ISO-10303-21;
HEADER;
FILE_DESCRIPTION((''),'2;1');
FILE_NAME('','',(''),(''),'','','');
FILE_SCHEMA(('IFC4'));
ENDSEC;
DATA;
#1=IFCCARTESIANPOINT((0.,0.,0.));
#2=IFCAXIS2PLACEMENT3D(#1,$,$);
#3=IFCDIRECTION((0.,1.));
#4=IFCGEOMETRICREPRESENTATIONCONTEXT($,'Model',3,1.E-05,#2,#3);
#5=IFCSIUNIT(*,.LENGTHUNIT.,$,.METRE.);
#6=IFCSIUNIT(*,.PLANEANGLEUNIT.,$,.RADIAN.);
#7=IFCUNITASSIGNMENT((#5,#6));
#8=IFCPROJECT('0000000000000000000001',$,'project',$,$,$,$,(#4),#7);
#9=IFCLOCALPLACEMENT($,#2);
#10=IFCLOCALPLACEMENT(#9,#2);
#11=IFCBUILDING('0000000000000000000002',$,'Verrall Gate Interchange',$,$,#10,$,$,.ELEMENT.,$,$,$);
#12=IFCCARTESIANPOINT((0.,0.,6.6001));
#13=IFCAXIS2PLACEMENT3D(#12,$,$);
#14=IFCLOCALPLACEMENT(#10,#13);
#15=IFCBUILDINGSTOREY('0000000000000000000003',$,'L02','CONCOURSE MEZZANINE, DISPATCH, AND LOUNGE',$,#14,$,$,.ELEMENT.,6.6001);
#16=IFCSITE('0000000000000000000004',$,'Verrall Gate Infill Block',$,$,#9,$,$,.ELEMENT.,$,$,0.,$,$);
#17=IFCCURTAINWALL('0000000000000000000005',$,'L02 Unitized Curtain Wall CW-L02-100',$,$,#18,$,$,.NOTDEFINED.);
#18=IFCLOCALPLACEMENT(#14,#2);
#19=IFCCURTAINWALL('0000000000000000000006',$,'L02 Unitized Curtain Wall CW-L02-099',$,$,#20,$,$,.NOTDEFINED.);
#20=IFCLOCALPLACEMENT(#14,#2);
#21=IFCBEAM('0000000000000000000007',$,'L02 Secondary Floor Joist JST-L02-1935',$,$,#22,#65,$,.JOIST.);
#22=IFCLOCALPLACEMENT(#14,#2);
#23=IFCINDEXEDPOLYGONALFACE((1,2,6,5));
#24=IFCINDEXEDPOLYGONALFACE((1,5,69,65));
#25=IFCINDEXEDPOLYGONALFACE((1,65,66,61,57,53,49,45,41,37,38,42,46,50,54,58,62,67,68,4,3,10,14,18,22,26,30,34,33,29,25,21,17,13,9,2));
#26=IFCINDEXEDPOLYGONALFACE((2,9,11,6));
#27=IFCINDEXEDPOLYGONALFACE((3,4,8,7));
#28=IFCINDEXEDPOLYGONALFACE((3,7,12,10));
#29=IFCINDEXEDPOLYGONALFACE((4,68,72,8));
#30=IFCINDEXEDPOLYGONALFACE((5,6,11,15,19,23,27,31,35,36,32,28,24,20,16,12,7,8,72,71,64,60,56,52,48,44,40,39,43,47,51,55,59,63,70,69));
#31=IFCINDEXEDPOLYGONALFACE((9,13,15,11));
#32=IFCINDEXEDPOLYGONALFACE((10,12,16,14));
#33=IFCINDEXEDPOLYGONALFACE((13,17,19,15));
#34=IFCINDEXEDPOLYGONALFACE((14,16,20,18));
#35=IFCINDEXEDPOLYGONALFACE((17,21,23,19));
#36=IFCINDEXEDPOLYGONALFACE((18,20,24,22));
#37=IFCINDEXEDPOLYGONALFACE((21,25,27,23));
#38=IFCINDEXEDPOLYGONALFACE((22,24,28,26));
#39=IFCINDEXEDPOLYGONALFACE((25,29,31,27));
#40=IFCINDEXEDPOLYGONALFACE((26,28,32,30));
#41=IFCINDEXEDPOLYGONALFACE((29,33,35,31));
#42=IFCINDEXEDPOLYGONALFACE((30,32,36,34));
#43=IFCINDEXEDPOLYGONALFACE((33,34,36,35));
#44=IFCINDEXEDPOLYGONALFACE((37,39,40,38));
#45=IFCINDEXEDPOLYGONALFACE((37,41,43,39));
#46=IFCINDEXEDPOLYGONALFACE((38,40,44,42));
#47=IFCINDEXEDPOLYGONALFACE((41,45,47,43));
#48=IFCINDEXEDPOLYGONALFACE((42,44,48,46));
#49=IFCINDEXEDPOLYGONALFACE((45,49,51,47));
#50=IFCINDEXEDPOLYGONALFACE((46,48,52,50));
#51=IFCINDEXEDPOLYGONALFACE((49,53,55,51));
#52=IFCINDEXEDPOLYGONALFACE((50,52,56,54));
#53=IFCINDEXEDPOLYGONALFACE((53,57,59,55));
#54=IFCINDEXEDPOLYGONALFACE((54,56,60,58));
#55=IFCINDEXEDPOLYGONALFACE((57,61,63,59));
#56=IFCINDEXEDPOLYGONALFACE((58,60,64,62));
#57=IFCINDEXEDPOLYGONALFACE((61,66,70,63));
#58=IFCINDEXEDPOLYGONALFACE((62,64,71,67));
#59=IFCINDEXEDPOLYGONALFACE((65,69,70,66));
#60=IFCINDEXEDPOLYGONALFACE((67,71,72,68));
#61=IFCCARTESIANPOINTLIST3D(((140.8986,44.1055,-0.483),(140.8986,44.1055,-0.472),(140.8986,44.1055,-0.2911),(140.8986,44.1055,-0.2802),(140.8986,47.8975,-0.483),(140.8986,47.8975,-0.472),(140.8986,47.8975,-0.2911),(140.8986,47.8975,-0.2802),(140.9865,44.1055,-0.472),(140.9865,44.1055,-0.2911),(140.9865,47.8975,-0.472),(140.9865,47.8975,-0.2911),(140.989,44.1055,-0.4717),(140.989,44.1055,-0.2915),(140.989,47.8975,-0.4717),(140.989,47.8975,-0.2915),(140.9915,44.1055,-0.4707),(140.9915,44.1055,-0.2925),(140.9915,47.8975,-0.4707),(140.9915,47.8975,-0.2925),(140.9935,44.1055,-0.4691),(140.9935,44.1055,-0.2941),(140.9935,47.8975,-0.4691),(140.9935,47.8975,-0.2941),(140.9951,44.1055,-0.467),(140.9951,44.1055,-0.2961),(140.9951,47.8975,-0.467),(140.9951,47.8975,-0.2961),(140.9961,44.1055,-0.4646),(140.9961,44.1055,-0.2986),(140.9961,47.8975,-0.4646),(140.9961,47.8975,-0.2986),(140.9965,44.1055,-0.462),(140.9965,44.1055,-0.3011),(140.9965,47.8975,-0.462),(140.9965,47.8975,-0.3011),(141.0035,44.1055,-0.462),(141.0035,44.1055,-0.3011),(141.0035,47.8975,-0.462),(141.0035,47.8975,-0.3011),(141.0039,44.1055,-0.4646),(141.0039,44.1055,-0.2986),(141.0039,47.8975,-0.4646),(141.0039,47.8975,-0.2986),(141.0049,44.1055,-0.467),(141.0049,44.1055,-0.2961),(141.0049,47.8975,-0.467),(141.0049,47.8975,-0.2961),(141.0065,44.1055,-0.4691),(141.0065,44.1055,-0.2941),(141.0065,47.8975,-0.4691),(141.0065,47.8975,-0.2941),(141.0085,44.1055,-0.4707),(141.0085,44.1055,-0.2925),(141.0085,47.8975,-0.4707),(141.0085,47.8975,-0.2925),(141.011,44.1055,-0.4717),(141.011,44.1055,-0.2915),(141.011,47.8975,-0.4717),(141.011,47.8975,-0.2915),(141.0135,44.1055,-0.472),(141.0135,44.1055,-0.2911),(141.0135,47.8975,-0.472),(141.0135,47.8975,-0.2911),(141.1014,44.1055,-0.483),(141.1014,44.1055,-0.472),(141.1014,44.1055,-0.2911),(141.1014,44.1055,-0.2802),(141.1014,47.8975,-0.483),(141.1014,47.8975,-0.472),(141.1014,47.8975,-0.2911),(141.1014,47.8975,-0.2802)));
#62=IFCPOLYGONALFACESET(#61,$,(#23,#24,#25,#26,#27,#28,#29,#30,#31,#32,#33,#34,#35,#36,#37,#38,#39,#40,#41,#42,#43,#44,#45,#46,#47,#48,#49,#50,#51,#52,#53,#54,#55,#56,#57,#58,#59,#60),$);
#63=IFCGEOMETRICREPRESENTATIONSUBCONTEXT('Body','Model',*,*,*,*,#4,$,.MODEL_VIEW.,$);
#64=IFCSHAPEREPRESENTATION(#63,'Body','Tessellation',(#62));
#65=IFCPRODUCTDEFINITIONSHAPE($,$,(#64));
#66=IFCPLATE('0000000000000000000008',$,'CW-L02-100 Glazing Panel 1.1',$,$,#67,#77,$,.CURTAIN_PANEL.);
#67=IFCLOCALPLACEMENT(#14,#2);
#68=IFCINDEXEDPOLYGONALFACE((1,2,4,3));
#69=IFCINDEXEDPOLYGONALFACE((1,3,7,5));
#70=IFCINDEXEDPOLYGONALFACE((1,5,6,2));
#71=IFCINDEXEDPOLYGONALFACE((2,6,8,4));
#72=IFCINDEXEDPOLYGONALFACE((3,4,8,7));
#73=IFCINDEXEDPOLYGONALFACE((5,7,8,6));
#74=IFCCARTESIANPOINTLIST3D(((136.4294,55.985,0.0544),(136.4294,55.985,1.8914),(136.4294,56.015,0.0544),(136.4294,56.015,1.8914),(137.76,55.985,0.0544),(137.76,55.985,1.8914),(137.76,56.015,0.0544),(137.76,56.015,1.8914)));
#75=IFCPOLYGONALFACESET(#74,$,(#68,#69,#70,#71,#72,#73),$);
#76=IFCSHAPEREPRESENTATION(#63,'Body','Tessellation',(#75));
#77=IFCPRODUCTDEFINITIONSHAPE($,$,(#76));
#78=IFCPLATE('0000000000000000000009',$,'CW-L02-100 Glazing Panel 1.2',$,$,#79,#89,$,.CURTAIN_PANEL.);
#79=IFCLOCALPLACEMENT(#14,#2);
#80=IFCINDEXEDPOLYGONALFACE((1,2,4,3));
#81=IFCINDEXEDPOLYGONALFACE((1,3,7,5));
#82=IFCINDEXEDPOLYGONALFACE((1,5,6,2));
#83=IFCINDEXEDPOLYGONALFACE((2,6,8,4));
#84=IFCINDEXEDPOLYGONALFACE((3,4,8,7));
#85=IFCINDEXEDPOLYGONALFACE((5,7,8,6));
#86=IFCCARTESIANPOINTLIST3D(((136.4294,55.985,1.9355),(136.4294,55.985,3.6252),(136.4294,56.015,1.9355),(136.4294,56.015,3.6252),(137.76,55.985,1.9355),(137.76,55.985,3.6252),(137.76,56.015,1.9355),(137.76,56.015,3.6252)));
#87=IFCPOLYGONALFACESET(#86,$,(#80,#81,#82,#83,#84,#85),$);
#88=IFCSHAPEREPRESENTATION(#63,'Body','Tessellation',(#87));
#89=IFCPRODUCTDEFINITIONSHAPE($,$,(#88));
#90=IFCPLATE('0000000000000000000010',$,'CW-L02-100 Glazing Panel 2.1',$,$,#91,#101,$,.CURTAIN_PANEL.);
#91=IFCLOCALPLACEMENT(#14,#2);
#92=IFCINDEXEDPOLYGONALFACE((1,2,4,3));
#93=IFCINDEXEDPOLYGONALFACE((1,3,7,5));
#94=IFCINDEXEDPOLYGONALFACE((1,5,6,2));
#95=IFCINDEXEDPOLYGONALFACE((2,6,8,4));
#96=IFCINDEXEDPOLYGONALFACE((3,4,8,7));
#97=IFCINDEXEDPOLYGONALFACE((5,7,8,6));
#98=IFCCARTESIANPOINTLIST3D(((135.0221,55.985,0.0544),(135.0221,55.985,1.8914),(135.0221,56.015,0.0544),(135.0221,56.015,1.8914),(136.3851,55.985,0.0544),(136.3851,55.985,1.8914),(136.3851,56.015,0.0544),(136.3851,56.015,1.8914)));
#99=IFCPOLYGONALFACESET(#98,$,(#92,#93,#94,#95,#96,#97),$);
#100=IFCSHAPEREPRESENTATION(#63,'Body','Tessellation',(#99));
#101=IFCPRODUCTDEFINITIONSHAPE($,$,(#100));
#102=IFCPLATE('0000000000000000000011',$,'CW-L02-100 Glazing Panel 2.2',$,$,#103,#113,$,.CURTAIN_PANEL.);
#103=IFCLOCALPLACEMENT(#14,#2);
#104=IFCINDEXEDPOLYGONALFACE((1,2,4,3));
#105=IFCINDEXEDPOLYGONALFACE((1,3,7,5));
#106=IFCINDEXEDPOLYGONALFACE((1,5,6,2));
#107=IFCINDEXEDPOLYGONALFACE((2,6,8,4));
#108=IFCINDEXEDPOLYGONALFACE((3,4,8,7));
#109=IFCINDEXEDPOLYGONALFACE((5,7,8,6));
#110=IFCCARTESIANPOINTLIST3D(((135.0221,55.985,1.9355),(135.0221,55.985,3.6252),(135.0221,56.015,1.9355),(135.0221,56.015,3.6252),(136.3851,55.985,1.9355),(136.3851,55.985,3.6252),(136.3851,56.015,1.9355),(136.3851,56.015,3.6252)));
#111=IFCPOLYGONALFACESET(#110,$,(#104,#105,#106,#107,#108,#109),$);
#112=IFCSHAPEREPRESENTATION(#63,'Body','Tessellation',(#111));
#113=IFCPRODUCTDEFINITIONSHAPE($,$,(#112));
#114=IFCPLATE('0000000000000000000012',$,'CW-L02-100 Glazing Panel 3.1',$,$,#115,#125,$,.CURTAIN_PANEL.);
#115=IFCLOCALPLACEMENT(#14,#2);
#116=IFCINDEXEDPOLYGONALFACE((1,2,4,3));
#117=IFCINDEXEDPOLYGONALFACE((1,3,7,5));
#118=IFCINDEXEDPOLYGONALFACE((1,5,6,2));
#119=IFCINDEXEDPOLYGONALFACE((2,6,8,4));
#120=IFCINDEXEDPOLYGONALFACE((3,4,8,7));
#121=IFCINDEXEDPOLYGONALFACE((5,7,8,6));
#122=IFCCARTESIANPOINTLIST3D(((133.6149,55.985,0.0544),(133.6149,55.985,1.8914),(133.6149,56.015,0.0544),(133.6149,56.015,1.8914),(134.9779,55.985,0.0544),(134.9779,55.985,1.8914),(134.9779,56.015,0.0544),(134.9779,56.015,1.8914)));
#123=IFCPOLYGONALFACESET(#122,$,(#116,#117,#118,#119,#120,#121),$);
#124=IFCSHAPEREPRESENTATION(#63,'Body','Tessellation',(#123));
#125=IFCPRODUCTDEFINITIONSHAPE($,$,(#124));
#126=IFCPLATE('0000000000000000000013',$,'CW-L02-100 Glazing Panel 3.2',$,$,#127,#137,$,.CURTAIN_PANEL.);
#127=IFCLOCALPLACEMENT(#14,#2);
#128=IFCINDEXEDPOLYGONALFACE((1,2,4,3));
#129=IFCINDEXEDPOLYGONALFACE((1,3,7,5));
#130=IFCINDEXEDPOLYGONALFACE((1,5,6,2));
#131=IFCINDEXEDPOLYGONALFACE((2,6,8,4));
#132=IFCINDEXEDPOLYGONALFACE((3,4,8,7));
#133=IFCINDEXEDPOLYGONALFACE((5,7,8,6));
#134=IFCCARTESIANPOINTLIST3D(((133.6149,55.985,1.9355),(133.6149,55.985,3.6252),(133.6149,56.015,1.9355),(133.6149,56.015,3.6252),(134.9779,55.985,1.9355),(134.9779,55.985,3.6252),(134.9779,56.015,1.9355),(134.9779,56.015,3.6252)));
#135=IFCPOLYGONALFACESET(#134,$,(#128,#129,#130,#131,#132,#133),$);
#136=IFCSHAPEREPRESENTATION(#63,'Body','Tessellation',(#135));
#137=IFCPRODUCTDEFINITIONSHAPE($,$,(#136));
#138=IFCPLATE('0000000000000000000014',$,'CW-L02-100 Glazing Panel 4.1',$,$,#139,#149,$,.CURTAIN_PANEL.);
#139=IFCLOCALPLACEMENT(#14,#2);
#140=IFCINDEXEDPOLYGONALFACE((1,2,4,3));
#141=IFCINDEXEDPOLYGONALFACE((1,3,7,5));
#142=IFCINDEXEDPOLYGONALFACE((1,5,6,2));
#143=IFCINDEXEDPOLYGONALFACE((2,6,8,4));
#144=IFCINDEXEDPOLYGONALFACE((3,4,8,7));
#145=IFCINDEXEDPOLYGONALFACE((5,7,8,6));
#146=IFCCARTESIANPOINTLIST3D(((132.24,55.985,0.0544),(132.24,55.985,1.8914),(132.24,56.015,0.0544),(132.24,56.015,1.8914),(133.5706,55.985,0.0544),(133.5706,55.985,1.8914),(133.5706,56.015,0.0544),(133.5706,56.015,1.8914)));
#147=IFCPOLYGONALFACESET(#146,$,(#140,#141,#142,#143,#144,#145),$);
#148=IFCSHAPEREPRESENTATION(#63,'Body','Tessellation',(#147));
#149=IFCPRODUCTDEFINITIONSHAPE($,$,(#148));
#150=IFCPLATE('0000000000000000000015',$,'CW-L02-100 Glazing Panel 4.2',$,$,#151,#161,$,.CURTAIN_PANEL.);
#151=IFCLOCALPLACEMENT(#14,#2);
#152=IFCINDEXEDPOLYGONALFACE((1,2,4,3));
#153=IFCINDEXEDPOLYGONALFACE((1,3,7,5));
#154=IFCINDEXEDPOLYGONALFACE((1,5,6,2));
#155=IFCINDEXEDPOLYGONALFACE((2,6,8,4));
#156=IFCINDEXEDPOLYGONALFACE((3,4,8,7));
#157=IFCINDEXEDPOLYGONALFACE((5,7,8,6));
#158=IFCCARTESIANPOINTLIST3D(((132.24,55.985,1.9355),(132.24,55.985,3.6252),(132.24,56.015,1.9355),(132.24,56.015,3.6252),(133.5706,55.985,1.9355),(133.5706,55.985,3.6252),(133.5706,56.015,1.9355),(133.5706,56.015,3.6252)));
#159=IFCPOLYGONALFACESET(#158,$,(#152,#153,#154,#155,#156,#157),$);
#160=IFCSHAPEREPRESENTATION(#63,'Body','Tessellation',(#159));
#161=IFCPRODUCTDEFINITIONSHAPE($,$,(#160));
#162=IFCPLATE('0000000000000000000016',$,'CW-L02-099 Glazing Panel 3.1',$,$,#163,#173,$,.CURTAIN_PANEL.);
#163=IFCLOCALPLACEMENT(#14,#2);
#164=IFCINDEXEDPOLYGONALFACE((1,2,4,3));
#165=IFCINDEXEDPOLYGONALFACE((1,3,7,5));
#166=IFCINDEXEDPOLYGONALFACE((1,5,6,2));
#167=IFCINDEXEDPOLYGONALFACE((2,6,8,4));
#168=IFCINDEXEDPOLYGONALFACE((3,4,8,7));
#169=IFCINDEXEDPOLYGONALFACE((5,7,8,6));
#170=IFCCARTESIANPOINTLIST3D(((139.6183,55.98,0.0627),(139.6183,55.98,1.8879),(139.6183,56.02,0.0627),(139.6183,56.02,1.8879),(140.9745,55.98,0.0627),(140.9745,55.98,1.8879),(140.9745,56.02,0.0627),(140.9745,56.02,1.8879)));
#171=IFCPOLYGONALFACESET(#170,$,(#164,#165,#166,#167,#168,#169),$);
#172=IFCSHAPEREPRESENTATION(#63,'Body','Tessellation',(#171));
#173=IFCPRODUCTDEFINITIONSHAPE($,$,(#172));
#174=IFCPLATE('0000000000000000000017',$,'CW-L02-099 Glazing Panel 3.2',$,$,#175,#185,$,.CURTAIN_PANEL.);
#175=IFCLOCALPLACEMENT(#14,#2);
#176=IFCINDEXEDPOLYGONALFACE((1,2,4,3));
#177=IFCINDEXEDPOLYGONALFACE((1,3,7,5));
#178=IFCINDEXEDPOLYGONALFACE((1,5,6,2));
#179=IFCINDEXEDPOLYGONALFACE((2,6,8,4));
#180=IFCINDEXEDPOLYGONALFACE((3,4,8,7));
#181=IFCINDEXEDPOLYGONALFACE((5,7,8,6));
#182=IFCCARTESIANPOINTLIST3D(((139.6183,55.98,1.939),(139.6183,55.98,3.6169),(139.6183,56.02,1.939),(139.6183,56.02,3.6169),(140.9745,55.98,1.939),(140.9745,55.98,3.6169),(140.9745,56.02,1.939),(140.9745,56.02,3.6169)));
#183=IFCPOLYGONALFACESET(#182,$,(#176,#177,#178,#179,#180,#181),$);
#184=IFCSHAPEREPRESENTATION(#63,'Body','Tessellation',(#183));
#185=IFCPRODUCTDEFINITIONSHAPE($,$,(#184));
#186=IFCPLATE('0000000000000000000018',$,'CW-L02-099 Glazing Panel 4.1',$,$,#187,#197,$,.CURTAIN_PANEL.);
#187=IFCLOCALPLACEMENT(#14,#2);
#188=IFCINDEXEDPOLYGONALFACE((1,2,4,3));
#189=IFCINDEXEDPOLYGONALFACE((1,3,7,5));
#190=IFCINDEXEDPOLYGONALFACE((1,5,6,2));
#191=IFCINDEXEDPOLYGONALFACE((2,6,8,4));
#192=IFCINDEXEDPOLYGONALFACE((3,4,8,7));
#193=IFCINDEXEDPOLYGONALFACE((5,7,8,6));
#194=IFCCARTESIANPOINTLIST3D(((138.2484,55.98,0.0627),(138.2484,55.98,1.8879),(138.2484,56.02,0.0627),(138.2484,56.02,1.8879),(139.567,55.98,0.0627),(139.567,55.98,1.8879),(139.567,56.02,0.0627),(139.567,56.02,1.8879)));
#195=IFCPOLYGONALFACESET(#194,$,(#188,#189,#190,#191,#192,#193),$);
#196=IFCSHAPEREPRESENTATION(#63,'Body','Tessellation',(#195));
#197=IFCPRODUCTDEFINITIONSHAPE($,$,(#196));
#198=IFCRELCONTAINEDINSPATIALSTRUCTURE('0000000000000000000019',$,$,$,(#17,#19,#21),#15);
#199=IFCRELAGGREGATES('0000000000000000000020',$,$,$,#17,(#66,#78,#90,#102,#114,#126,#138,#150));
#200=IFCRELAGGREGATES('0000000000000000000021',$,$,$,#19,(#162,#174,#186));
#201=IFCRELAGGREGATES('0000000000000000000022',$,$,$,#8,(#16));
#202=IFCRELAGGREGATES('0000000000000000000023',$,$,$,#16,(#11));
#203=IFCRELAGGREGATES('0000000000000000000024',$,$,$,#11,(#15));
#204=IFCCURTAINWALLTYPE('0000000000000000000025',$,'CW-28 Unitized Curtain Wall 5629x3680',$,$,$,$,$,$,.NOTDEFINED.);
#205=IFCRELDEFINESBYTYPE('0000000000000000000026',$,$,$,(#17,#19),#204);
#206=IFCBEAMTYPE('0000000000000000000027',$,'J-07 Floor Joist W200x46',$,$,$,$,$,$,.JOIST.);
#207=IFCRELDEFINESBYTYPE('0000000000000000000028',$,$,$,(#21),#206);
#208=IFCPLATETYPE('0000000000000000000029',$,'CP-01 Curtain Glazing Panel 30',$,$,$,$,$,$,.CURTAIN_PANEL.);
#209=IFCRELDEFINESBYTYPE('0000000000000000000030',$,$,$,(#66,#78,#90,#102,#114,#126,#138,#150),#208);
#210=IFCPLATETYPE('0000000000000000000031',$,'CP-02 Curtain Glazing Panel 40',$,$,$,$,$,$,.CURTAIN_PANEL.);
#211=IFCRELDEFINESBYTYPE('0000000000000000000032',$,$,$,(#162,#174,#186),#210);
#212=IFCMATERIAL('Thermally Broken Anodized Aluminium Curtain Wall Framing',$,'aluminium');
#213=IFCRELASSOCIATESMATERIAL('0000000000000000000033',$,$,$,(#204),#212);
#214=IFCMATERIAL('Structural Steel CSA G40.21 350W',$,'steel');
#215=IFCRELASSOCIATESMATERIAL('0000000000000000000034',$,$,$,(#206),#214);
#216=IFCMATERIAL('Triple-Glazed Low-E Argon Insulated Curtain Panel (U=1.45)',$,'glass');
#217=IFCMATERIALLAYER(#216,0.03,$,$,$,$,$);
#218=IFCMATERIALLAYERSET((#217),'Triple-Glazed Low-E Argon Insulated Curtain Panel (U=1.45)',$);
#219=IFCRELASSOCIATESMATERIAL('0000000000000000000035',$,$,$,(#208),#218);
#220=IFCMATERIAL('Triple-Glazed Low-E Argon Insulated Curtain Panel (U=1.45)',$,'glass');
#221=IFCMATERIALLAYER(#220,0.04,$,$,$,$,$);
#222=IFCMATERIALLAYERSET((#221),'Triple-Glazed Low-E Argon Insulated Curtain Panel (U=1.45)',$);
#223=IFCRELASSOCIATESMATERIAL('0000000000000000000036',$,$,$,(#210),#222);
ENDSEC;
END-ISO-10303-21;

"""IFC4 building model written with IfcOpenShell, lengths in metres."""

from ifc_helpers import new_model, si_unit, direction, frame, origin, origin_2d, place, context, subcontext, project, spatial, rectangle, i_section, extrude, material, layer, layer_set, material_profile, profile_set, type_object, element, aggregate, save


model = new_model("IFC4")

# Units and contexts
model_context = context("Model", 3, precision=1e-05, world=origin(), true_north=direction((0.0, 1.0)))
body_context = subcontext(model_context, "Body", "Model", "MODEL_VIEW")
ifc_project = project(units=[si_unit("LENGTHUNIT", "METRE"), si_unit("PLANEANGLEUNIT", "RADIAN")], contexts=[model_context])

# Site, building, storey
site_placement = place(None, origin())
site = spatial("IfcSite", under=ifc_project, at=site_placement, Name="Verrall Gate Infill Block", CompositionType="ELEMENT", RefElevation=0.0)
building_placement = place(site_placement, origin())
building = spatial("IfcBuilding", under=site, at=building_placement, Name="Verrall Gate Interchange", CompositionType="ELEMENT")
storey_placement = place(building_placement, frame((0.0, 0.0, 6.6001)))
storey = spatial("IfcBuildingStorey", under=building, at=storey_placement, Name="L02", Description="CONCOURSE MEZZANINE, DISPATCH, AND LOUNGE", CompositionType="ELEMENT", Elevation=6.6001)

# Curtain walls
ifc_material_1 = material(Name="Thermally Broken Anodized Aluminium Curtain Wall Framing", Category="aluminium")
curtain_wall_type = type_object("IfcCurtainWallType", Name="CW-28 Unitized Curtain Wall 5629x3680", PredefinedType="NOTDEFINED", material=ifc_material_1)
curtain_wall_1_placement = place(storey_placement, origin())
curtain_wall_1 = element("IfcCurtainWall", 1, at=curtain_wall_1_placement, inside=storey, type_object=curtain_wall_type, Name="L02 Unitized Curtain Wall CW-L02-100", PredefinedType="NOTDEFINED")
curtain_wall_2_placement = place(storey_placement, origin())
curtain_wall_2 = element("IfcCurtainWall", 2, at=curtain_wall_2_placement, inside=storey, type_object=curtain_wall_type, Name="L02 Unitized Curtain Wall CW-L02-099", PredefinedType="NOTDEFINED")

# Beam
ifc_material_2 = material(Name="Structural Steel CSA G40.21 350W", Category="steel")
ifc_material_profile_1 = material_profile(ifc_material_2, i_section(OverallWidth=0.2029, OverallDepth=0.2029, WebThickness=0.0071, FlangeThickness=0.011, FilletRadius=0.01, at=origin_2d()), Name="W200x46")
ifc_profile_set_1 = profile_set([ifc_material_profile_1], Name="Structural Steel CSA G40.21 350W")
beam_type_1 = type_object("IfcBeamType", Name="J-07 Floor Joist W200x46", PredefinedType="JOIST", material=ifc_profile_set_1)
beam_1_placement = place(storey_placement, frame((141.0, 44.1055, -0.3816), z_axis=(0.0, 1.0, 0.0), x_axis=(-1.0, 0.0, 0.0)))
element("IfcBeam", 3, at=beam_1_placement, inside=storey, type_object=beam_type_1, Name="L02 Secondary Floor Joist JST-L02-1935", PredefinedType="JOIST", context=body_context, shape_type="SweptSolid", body=[
    extrude(i_section(OverallWidth=0.2029, OverallDepth=0.2029, WebThickness=0.0071, FlangeThickness=0.011, FilletRadius=0.01, at=origin_2d()), origin(), (0.0, 0.0, 1.0), 3.792),
])

# Plates
ifc_material_3 = material(Name="Triple-Glazed Low-E Argon Insulated Curtain Panel (U=1.45)", Category="glass")
ifc_layer_1 = layer(ifc_material_3, 0.03)
ifc_layer_set_1 = layer_set([ifc_layer_1], Name="Triple-Glazed Low-E Argon Insulated Curtain Panel (U=1.45)")
plate_type_1 = type_object("IfcPlateType", Name="CP-01 Curtain Glazing Panel 30", PredefinedType="CURTAIN_PANEL", material=ifc_layer_set_1)
plate_1_placement = place(storey_placement, frame((137.0947, 56.0, 0.0544), z_axis=(0.0, 0.0, 1.0), x_axis=(-1.0, 0.0, 0.0)))
plate_1 = element("IfcPlate", 4, at=plate_1_placement, type_object=plate_type_1, Name="CW-L02-100 Glazing Panel 1.1", PredefinedType="CURTAIN_PANEL", context=body_context, shape_type="SweptSolid", body=[
    extrude(rectangle(XDim=1.3306, YDim=0.03, at=origin_2d()), origin(), (0.0, 0.0, 1.0), 1.8369),
])
plate_2_placement = place(storey_placement, frame((137.0947, 56.0, 1.9355), z_axis=(0.0, 0.0, 1.0), x_axis=(-1.0, 0.0, 0.0)))
plate_2 = element("IfcPlate", 5, at=plate_2_placement, type_object=plate_type_1, Name="CW-L02-100 Glazing Panel 1.2", PredefinedType="CURTAIN_PANEL", context=body_context, shape_type="SweptSolid", body=[
    extrude(rectangle(XDim=1.3306, YDim=0.03, at=origin_2d()), origin(), (0.0, 0.0, 1.0), 1.6897),
])
plate_3_placement = place(storey_placement, frame((135.7036, 56.0, 0.0544), z_axis=(0.0, 0.0, 1.0), x_axis=(-1.0, 0.0, 0.0)))
plate_3 = element("IfcPlate", 6, at=plate_3_placement, type_object=plate_type_1, Name="CW-L02-100 Glazing Panel 2.1", PredefinedType="CURTAIN_PANEL", context=body_context, shape_type="SweptSolid", body=[
    extrude(rectangle(XDim=1.363, YDim=0.03, at=origin_2d()), origin(), (0.0, 0.0, 1.0), 1.8369),
])
plate_4_placement = place(storey_placement, frame((135.7036, 56.0, 1.9355), z_axis=(0.0, 0.0, 1.0), x_axis=(-1.0, 0.0, 0.0)))
plate_4 = element("IfcPlate", 7, at=plate_4_placement, type_object=plate_type_1, Name="CW-L02-100 Glazing Panel 2.2", PredefinedType="CURTAIN_PANEL", context=body_context, shape_type="SweptSolid", body=[
    extrude(rectangle(XDim=1.363, YDim=0.03, at=origin_2d()), origin(), (0.0, 0.0, 1.0), 1.6897),
])
plate_5_placement = place(storey_placement, frame((134.2964, 56.0, 0.0544), z_axis=(0.0, 0.0, 1.0), x_axis=(-1.0, 0.0, 0.0)))
plate_5 = element("IfcPlate", 8, at=plate_5_placement, type_object=plate_type_1, Name="CW-L02-100 Glazing Panel 3.1", PredefinedType="CURTAIN_PANEL", context=body_context, shape_type="SweptSolid", body=[
    extrude(rectangle(XDim=1.363, YDim=0.03, at=origin_2d()), origin(), (0.0, 0.0, 1.0), 1.8369),
])
plate_6_placement = place(storey_placement, frame((134.2964, 56.0, 1.9355), z_axis=(0.0, 0.0, 1.0), x_axis=(-1.0, 0.0, 0.0)))
plate_6 = element("IfcPlate", 9, at=plate_6_placement, type_object=plate_type_1, Name="CW-L02-100 Glazing Panel 3.2", PredefinedType="CURTAIN_PANEL", context=body_context, shape_type="SweptSolid", body=[
    extrude(rectangle(XDim=1.363, YDim=0.03, at=origin_2d()), origin(), (0.0, 0.0, 1.0), 1.6897),
])
plate_7_placement = place(storey_placement, frame((132.9053, 56.0, 0.0544), z_axis=(0.0, 0.0, 1.0), x_axis=(-1.0, 0.0, 0.0)))
plate_7 = element("IfcPlate", 10, at=plate_7_placement, type_object=plate_type_1, Name="CW-L02-100 Glazing Panel 4.1", PredefinedType="CURTAIN_PANEL", context=body_context, shape_type="SweptSolid", body=[
    extrude(rectangle(XDim=1.3306, YDim=0.03, at=origin_2d()), origin(), (0.0, 0.0, 1.0), 1.8369),
])
plate_8_placement = place(storey_placement, frame((132.9053, 56.0, 1.9355), z_axis=(0.0, 0.0, 1.0), x_axis=(-1.0, 0.0, 0.0)))
plate_8 = element("IfcPlate", 11, at=plate_8_placement, type_object=plate_type_1, Name="CW-L02-100 Glazing Panel 4.2", PredefinedType="CURTAIN_PANEL", context=body_context, shape_type="SweptSolid", body=[
    extrude(rectangle(XDim=1.3306, YDim=0.03, at=origin_2d()), origin(), (0.0, 0.0, 1.0), 1.6897),
])
aggregate(curtain_wall_1, [plate_1, plate_2, plate_3, plate_4, plate_5, plate_6, plate_7, plate_8])
ifc_material_4 = material(Name="Triple-Glazed Low-E Argon Insulated Curtain Panel (U=1.45)", Category="glass")
ifc_layer_2 = layer(ifc_material_4, 0.04)
ifc_layer_set_2 = layer_set([ifc_layer_2], Name="Triple-Glazed Low-E Argon Insulated Curtain Panel (U=1.45)")
plate_type_2 = type_object("IfcPlateType", Name="CP-02 Curtain Glazing Panel 40", PredefinedType="CURTAIN_PANEL", material=ifc_layer_set_2)
plate_9_placement = place(storey_placement, frame((140.2964, 56.0, 0.0627), z_axis=(0.0, 0.0, 1.0), x_axis=(-1.0, 0.0, 0.0)))
plate_9 = element("IfcPlate", 12, at=plate_9_placement, type_object=plate_type_2, Name="CW-L02-099 Glazing Panel 3.1", PredefinedType="CURTAIN_PANEL", context=body_context, shape_type="SweptSolid", body=[
    extrude(rectangle(XDim=1.3562, YDim=0.04, at=origin_2d()), origin(), (0.0, 0.0, 1.0), 1.8252),
])
plate_10_placement = place(storey_placement, frame((140.2964, 56.0, 1.939), z_axis=(0.0, 0.0, 1.0), x_axis=(-1.0, 0.0, 0.0)))
plate_10 = element("IfcPlate", 13, at=plate_10_placement, type_object=plate_type_2, Name="CW-L02-099 Glazing Panel 3.2", PredefinedType="CURTAIN_PANEL", context=body_context, shape_type="SweptSolid", body=[
    extrude(rectangle(XDim=1.3562, YDim=0.04, at=origin_2d()), origin(), (0.0, 0.0, 1.0), 1.678),
])
plate_11_placement = place(storey_placement, frame((138.9077, 56.0, 0.0627), z_axis=(0.0, 0.0, 1.0), x_axis=(-1.0, 0.0, 0.0)))
plate_11 = element("IfcPlate", 14, at=plate_11_placement, type_object=plate_type_2, Name="CW-L02-099 Glazing Panel 4.1", PredefinedType="CURTAIN_PANEL", context=body_context, shape_type="SweptSolid", body=[
    extrude(rectangle(XDim=1.3186, YDim=0.04, at=origin_2d()), origin(), (0.0, 0.0, 1.0), 1.8252),
])
aggregate(curtain_wall_2, [plate_9, plate_10, plate_11])

save(model, "model.ifc")
